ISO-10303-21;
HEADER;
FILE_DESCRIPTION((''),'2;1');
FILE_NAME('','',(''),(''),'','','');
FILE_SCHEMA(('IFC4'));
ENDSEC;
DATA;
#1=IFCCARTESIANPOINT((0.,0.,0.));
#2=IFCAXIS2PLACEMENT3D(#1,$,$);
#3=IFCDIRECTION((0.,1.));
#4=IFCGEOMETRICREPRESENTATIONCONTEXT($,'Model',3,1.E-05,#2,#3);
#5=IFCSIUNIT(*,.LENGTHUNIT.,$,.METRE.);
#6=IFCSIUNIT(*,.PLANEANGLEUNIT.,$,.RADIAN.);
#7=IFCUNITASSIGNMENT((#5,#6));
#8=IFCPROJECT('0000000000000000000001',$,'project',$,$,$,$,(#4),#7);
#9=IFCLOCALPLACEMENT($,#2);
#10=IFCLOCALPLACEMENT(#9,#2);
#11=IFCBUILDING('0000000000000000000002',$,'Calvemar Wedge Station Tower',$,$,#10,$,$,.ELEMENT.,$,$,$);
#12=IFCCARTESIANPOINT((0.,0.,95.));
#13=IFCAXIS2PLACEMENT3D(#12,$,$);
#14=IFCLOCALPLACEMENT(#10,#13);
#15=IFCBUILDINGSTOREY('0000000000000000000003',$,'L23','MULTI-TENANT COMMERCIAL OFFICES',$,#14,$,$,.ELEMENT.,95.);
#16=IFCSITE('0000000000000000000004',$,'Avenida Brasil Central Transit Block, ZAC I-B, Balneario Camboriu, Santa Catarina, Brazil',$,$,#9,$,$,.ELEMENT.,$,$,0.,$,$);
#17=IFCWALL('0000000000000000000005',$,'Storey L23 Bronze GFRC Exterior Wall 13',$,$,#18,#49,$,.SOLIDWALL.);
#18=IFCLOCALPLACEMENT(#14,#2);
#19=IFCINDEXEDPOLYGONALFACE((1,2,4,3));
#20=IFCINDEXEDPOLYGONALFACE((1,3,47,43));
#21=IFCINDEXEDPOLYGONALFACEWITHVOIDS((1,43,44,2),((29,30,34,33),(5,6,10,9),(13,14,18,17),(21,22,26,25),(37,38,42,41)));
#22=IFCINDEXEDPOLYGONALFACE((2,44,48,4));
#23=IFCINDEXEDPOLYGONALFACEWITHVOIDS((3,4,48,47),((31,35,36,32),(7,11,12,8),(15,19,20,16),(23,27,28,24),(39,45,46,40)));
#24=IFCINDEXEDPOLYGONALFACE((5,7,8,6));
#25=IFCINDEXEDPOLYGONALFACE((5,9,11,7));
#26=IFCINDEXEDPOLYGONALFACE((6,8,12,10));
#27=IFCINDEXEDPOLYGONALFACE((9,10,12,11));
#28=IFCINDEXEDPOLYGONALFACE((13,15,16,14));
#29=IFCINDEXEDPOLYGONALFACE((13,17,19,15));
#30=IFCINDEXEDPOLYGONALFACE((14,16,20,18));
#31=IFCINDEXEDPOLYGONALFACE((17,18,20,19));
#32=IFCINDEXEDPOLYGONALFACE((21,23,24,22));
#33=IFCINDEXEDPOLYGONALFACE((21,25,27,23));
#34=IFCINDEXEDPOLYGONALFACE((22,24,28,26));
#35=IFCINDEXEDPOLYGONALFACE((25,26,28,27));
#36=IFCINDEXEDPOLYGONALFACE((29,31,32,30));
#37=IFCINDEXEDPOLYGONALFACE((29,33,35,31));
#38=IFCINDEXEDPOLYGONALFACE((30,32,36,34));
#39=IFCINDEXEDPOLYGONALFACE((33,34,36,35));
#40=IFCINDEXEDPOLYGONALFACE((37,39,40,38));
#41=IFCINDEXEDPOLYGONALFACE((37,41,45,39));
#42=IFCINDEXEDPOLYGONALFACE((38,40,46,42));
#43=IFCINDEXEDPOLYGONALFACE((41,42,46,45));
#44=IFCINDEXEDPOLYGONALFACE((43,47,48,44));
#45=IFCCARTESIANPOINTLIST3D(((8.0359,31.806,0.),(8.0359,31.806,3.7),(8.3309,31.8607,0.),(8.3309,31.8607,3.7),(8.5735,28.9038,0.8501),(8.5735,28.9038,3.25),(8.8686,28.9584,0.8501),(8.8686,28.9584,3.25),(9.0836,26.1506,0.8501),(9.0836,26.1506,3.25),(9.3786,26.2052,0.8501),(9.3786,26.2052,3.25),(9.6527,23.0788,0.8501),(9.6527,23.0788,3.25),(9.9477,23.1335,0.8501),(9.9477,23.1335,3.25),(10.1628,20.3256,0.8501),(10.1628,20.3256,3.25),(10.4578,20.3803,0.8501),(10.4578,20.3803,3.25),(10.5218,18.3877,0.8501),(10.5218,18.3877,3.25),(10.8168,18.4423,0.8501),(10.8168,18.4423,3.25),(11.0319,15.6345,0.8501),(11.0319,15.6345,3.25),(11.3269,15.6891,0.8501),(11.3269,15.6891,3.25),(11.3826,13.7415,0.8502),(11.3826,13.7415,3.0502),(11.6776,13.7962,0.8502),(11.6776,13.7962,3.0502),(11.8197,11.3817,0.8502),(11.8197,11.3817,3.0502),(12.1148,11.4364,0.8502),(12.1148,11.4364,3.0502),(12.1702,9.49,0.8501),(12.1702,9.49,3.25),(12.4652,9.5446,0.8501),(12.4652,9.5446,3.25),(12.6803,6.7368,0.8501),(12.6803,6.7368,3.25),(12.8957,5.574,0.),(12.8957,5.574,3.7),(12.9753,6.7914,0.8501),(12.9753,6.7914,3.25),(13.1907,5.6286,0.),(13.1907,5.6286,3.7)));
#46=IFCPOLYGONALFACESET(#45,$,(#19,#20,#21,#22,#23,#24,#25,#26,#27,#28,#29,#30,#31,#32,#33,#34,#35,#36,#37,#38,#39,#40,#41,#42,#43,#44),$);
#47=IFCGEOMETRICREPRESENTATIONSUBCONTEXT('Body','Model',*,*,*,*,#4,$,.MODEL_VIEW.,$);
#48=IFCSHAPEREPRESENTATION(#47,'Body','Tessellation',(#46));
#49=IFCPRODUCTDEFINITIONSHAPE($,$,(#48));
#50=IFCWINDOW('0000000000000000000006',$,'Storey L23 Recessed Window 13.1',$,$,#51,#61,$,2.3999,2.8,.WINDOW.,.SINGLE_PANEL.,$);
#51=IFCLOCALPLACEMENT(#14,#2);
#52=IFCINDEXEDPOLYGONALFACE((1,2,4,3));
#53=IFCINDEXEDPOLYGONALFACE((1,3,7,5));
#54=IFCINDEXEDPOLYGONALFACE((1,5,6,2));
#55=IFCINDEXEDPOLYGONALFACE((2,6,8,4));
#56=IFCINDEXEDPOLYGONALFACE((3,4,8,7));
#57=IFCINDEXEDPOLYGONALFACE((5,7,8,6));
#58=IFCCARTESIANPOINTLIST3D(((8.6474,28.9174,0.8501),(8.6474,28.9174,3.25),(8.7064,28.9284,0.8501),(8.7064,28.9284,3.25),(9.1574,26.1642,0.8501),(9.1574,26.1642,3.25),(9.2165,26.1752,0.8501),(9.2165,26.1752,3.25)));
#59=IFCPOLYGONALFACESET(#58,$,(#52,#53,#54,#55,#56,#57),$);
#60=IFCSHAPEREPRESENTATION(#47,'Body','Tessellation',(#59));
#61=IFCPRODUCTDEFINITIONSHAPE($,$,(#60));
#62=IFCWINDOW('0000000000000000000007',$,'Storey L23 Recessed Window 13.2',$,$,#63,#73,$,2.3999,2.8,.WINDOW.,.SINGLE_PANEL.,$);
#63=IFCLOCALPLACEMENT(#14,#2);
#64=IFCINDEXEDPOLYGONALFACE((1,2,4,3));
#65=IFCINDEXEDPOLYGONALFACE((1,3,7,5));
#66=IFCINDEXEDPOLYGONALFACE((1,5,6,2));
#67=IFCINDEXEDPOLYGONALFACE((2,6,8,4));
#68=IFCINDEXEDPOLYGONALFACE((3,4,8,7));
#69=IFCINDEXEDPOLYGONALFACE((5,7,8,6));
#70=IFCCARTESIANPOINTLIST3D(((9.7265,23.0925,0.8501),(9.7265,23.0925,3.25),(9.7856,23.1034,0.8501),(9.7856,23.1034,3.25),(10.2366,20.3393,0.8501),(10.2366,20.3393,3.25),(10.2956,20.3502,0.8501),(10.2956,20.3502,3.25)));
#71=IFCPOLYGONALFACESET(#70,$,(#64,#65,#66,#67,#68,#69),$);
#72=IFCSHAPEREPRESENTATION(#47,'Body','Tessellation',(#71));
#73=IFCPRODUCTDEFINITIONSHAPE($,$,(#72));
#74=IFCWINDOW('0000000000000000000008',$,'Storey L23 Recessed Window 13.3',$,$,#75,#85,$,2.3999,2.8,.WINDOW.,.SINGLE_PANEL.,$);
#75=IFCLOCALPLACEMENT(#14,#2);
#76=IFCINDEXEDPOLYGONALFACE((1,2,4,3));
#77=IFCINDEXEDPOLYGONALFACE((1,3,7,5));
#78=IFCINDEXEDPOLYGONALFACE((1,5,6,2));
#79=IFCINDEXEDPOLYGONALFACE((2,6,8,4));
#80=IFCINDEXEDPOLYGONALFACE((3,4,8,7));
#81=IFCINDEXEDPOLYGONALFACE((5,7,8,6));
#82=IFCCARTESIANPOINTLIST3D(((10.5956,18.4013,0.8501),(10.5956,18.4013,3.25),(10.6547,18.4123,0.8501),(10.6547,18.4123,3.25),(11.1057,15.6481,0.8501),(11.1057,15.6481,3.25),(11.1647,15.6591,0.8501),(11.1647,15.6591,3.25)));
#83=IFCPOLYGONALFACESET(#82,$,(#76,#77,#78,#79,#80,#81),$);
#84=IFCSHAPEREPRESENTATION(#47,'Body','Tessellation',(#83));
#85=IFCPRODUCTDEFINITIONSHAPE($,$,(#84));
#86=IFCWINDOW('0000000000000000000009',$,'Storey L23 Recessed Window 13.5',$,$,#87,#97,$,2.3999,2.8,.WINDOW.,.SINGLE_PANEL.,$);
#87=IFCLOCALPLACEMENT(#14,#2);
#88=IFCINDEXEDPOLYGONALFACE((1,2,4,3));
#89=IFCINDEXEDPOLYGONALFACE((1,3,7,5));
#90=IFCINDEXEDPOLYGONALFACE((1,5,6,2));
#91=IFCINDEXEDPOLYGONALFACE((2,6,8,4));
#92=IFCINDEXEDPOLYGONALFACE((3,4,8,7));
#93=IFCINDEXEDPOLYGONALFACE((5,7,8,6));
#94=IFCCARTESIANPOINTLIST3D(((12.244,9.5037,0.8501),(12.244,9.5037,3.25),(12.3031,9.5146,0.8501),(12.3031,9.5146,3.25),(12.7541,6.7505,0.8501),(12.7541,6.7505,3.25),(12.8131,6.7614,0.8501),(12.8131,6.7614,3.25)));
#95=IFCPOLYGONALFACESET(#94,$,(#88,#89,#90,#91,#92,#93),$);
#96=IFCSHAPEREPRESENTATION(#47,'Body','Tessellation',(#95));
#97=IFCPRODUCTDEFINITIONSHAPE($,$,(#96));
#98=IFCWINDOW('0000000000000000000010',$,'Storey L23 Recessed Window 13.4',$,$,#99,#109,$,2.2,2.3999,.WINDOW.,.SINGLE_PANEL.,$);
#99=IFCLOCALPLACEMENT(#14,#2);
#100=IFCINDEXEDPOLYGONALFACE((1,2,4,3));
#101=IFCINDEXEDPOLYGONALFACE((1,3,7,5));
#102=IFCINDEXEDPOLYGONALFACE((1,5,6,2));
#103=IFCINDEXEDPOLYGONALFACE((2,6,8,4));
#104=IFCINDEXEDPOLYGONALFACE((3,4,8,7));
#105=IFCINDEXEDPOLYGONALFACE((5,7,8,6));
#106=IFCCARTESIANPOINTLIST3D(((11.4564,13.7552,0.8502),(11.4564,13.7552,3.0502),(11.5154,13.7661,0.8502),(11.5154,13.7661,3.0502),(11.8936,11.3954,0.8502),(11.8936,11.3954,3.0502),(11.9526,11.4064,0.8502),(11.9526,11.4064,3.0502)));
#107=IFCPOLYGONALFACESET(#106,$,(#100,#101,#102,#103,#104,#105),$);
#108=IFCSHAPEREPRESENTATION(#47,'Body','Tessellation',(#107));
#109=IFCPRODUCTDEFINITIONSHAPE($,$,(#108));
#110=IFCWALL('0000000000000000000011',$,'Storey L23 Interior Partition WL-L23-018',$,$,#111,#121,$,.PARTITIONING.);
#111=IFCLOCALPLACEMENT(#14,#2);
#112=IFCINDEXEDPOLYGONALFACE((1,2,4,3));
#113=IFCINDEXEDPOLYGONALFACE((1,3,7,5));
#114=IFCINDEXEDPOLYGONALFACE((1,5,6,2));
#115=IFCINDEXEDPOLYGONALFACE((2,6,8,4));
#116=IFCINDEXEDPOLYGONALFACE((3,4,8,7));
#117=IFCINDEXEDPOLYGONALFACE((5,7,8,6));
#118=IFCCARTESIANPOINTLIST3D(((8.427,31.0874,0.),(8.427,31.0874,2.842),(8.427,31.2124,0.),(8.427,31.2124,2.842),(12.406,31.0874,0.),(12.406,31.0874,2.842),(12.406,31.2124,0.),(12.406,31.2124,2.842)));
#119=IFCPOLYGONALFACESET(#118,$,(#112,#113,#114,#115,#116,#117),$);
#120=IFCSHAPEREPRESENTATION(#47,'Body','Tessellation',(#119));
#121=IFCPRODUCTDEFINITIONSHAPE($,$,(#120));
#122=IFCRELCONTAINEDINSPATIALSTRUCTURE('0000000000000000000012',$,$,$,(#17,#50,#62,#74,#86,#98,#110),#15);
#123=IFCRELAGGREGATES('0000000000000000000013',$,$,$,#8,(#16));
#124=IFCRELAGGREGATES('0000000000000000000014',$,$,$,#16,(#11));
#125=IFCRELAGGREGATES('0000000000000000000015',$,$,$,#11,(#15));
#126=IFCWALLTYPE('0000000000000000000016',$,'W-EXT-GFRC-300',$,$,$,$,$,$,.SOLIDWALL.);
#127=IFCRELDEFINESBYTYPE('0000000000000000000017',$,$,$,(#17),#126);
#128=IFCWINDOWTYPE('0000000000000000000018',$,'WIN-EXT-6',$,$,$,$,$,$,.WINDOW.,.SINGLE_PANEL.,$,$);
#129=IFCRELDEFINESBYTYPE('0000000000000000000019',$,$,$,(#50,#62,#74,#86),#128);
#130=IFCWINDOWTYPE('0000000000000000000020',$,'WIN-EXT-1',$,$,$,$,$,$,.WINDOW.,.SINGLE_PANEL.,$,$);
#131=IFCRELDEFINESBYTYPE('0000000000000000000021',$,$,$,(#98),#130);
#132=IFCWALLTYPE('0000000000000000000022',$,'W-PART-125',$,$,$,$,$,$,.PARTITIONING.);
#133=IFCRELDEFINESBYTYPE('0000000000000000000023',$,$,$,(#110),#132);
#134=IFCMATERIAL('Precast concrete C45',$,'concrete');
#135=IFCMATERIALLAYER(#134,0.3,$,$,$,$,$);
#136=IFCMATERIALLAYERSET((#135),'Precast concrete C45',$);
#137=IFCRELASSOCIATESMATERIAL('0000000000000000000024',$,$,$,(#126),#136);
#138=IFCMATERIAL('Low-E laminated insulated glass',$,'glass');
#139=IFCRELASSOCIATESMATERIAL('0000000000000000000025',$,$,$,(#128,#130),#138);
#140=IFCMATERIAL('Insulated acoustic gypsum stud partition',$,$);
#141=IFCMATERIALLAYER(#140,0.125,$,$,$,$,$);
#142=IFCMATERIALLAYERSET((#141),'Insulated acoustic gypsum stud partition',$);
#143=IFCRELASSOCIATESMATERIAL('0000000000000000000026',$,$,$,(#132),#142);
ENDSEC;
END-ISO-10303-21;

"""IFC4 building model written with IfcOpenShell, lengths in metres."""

from ifc_helpers import new_model, si_unit, direction, frame, frame_2d, origin, place, context, subcontext, project, spatial, rectangle, extrude, source, transform, mapped, material, layer, layer_set, type_object, element, fill, save


model = new_model("IFC4")

# Units and contexts
model_context = context("Model", 3, precision=1e-05, world=origin(), true_north=direction((0.0, 1.0)))
body_context = subcontext(model_context, "Body", "Model", "MODEL_VIEW")
ifc_project = project(units=[si_unit("LENGTHUNIT", "METRE"), si_unit("PLANEANGLEUNIT", "RADIAN")], contexts=[model_context])

# Site, building, storey
site_placement = place(None, origin())
site = spatial("IfcSite", under=ifc_project, at=site_placement, Name="Avenida Brasil Central Transit Block, ZAC I-B, Balneario Camboriu, Santa Catarina, Brazil", CompositionType="ELEMENT", RefElevation=0.0)
building_placement = place(site_placement, origin())
building = spatial("IfcBuilding", under=site, at=building_placement, Name="Calvemar Wedge Station Tower", CompositionType="ELEMENT")
storey_placement = place(building_placement, frame((0.0, 0.0, 95.0)))
storey = spatial("IfcBuildingStorey", under=building, at=storey_placement, Name="L23", Description="MULTI-TENANT COMMERCIAL OFFICES", CompositionType="ELEMENT", Elevation=95.0)

# Wall, openings, windows
ifc_material_1 = material(Name="Precast concrete C45", Category="concrete")
ifc_layer_1 = layer(ifc_material_1, 0.3)
ifc_layer_set_1 = layer_set([ifc_layer_1], Name="Precast concrete C45")
wall_type_1 = type_object("IfcWallType", Name="W-EXT-GFRC-300", PredefinedType="SOLIDWALL", material=ifc_layer_set_1)
wall_1_placement = place(storey_placement, frame((8.1833, 31.8335, 0.0), z_axis=(0.0, 0.0, 1.0), x_axis=(0.182164, -0.983268, 0.0)))
wall_1 = element("IfcWall", 1, at=wall_1_placement, inside=storey, type_object=wall_type_1, Name="Storey L23 Bronze GFRC Exterior Wall 13", PredefinedType="SOLIDWALL", context=body_context, shape_type="SweptSolid", body=[
    extrude(rectangle(XDim=26.6785, YDim=0.3, at=frame_2d((13.3394, 0.0))), origin(), (0.0, 0.0, 1.0), 3.7),
])
shared_shape_1 = source(origin(), body_context, "Body", "SweptSolid", [
    extrude(rectangle(XDim=2.8, YDim=2.3999, at=frame_2d((1.3999, 1.2))), frame((0.0, 0.1602, 0.0), z_axis=(0.0, -1.0, 0.0), x_axis=(1.0, 0.0, 0.0)), (0.0, 0.0, 1.0), 0.3201),
])
opening_1_placement = place(wall_1_placement, frame((2.9519, 0.0, 0.8501)))
opening_1 = element("IfcOpeningElement", 2, at=opening_1_placement, cuts=wall_1, PredefinedType="OPENING", context=body_context, shape_type="MappedRepresentation", body=[
    mapped(shared_shape_1, transform((0.0, 0.0, 0.0), scale=1.0)),
])
opening_2_placement = place(wall_1_placement, frame((8.876, 0.0, 0.8501)))
opening_2 = element("IfcOpeningElement", 3, at=opening_2_placement, cuts=wall_1, PredefinedType="OPENING", context=body_context, shape_type="MappedRepresentation", body=[
    mapped(shared_shape_1, transform((0.0, 0.0, 0.0), scale=1.0)),
])
opening_3_placement = place(wall_1_placement, frame((13.647, 0.0, 0.8501)))
opening_3 = element("IfcOpeningElement", 4, at=opening_3_placement, cuts=wall_1, PredefinedType="OPENING", context=body_context, shape_type="MappedRepresentation", body=[
    mapped(shared_shape_1, transform((0.0, 0.0, 0.0), scale=1.0)),
])
shared_shape_2 = source(origin(), body_context, "Body", "SweptSolid", [
    extrude(rectangle(XDim=2.3999, YDim=2.2, at=frame_2d((1.2, 1.1001))), frame((0.0, 0.1602, 0.0), z_axis=(0.0, -1.0, 0.0), x_axis=(1.0, 0.0, 0.0)), (0.0, 0.0, 1.0), 0.3201),
])
opening_4_placement = place(wall_1_placement, frame((18.3721, 0.0, 0.8501)))
opening_4 = element("IfcOpeningElement", 5, at=opening_4_placement, cuts=wall_1, PredefinedType="OPENING", context=body_context, shape_type="MappedRepresentation", body=[
    mapped(shared_shape_2, transform((0.0, 0.0, 0.0), scale=1.0)),
])
opening_5_placement = place(wall_1_placement, frame((22.696, 0.0, 0.8501)))
opening_5 = element("IfcOpeningElement", 6, at=opening_5_placement, cuts=wall_1, PredefinedType="OPENING", context=body_context, shape_type="MappedRepresentation", body=[
    mapped(shared_shape_1, transform((0.0, 0.0, 0.0), scale=1.0)),
])
ifc_material_2 = material(Name="Low-E laminated insulated glass", Category="glass")
window_type_1 = type_object("IfcWindowType", Name="WIN-EXT-6", PartitioningType="SINGLE_PANEL", PredefinedType="WINDOW", material=ifc_material_2)
shared_shape_3 = source(origin(), body_context, "Body", "SweptSolid", [
    extrude(rectangle(XDim=2.8, YDim=2.3999, at=frame_2d((1.3999, 1.2))), frame((0.0, -0.0149, 0.0), z_axis=(0.0, -1.0, 0.0), x_axis=(1.0, 0.0, 0.0)), (0.0, 0.0, 1.0), 0.0601),
])
window_1_placement = place(opening_1_placement, origin())
window_1 = element("IfcWindow", 7, at=window_1_placement, inside=storey, type_object=window_type_1, Name="Storey L23 Recessed Window 13.1", OverallHeight=2.3999, OverallWidth=2.8, PartitioningType="SINGLE_PANEL", PredefinedType="WINDOW", context=body_context, shape_type="MappedRepresentation", body=[
    mapped(shared_shape_3, transform((0.0, 0.0, 0.0), scale=1.0)),
])
fill(opening_1, window_1)
window_2_placement = place(opening_2_placement, origin())
window_2 = element("IfcWindow", 8, at=window_2_placement, inside=storey, type_object=window_type_1, Name="Storey L23 Recessed Window 13.2", OverallHeight=2.3999, OverallWidth=2.8, PartitioningType="SINGLE_PANEL", PredefinedType="WINDOW", context=body_context, shape_type="MappedRepresentation", body=[
    mapped(shared_shape_3, transform((0.0, 0.0, 0.0), scale=1.0)),
])
fill(opening_2, window_2)
window_3_placement = place(opening_3_placement, origin())
window_3 = element("IfcWindow", 9, at=window_3_placement, inside=storey, type_object=window_type_1, Name="Storey L23 Recessed Window 13.3", OverallHeight=2.3999, OverallWidth=2.8, PartitioningType="SINGLE_PANEL", PredefinedType="WINDOW", context=body_context, shape_type="MappedRepresentation", body=[
    mapped(shared_shape_3, transform((0.0, 0.0, 0.0), scale=1.0)),
])
fill(opening_3, window_3)
window_4_placement = place(opening_5_placement, origin())
window_4 = element("IfcWindow", 10, at=window_4_placement, inside=storey, type_object=window_type_1, Name="Storey L23 Recessed Window 13.5", OverallHeight=2.3999, OverallWidth=2.8, PartitioningType="SINGLE_PANEL", PredefinedType="WINDOW", context=body_context, shape_type="MappedRepresentation", body=[
    mapped(shared_shape_3, transform((0.0, 0.0, 0.0), scale=1.0)),
])
fill(opening_5, window_4)
window_type_2 = type_object("IfcWindowType", Name="WIN-EXT-1", PartitioningType="SINGLE_PANEL", PredefinedType="WINDOW", material=ifc_material_2)
shared_shape_4 = source(origin(), body_context, "Body", "SweptSolid", [
    extrude(rectangle(XDim=2.3999, YDim=2.2, at=frame_2d((1.2, 1.1001))), frame((0.0, -0.0149, 0.0), z_axis=(0.0, -1.0, 0.0), x_axis=(1.0, 0.0, 0.0)), (0.0, 0.0, 1.0), 0.0601),
])
window_5_placement = place(opening_4_placement, origin())
window_5 = element("IfcWindow", 11, at=window_5_placement, inside=storey, type_object=window_type_2, Name="Storey L23 Recessed Window 13.4", OverallHeight=2.2, OverallWidth=2.3999, PartitioningType="SINGLE_PANEL", PredefinedType="WINDOW", context=body_context, shape_type="MappedRepresentation", body=[
    mapped(shared_shape_4, transform((0.0, 0.0, 0.0), scale=1.0)),
])
fill(opening_4, window_5)

# Wall
ifc_material_3 = material(Name="Insulated acoustic gypsum stud partition")
ifc_layer_2 = layer(ifc_material_3, 0.125)
ifc_layer_set_2 = layer_set([ifc_layer_2], Name="Insulated acoustic gypsum stud partition")
wall_type_2 = type_object("IfcWallType", Name="W-PART-125", PredefinedType="PARTITIONING", material=ifc_layer_set_2)
wall_2_placement = place(storey_placement, frame((12.406, 31.1499, 0.0), z_axis=(0.0, 0.0, 1.0), x_axis=(-1.0, 0.0, 0.0)))
element("IfcWall", 12, at=wall_2_placement, inside=storey, type_object=wall_type_2, Name="Storey L23 Interior Partition WL-L23-018", PredefinedType="PARTITIONING", context=body_context, shape_type="SweptSolid", body=[
    extrude(rectangle(XDim=3.979, YDim=0.125, at=frame_2d((1.9895, 0.0))), origin(), (0.0, 0.0, 1.0), 2.842),
])

save(model, "model.ifc")
